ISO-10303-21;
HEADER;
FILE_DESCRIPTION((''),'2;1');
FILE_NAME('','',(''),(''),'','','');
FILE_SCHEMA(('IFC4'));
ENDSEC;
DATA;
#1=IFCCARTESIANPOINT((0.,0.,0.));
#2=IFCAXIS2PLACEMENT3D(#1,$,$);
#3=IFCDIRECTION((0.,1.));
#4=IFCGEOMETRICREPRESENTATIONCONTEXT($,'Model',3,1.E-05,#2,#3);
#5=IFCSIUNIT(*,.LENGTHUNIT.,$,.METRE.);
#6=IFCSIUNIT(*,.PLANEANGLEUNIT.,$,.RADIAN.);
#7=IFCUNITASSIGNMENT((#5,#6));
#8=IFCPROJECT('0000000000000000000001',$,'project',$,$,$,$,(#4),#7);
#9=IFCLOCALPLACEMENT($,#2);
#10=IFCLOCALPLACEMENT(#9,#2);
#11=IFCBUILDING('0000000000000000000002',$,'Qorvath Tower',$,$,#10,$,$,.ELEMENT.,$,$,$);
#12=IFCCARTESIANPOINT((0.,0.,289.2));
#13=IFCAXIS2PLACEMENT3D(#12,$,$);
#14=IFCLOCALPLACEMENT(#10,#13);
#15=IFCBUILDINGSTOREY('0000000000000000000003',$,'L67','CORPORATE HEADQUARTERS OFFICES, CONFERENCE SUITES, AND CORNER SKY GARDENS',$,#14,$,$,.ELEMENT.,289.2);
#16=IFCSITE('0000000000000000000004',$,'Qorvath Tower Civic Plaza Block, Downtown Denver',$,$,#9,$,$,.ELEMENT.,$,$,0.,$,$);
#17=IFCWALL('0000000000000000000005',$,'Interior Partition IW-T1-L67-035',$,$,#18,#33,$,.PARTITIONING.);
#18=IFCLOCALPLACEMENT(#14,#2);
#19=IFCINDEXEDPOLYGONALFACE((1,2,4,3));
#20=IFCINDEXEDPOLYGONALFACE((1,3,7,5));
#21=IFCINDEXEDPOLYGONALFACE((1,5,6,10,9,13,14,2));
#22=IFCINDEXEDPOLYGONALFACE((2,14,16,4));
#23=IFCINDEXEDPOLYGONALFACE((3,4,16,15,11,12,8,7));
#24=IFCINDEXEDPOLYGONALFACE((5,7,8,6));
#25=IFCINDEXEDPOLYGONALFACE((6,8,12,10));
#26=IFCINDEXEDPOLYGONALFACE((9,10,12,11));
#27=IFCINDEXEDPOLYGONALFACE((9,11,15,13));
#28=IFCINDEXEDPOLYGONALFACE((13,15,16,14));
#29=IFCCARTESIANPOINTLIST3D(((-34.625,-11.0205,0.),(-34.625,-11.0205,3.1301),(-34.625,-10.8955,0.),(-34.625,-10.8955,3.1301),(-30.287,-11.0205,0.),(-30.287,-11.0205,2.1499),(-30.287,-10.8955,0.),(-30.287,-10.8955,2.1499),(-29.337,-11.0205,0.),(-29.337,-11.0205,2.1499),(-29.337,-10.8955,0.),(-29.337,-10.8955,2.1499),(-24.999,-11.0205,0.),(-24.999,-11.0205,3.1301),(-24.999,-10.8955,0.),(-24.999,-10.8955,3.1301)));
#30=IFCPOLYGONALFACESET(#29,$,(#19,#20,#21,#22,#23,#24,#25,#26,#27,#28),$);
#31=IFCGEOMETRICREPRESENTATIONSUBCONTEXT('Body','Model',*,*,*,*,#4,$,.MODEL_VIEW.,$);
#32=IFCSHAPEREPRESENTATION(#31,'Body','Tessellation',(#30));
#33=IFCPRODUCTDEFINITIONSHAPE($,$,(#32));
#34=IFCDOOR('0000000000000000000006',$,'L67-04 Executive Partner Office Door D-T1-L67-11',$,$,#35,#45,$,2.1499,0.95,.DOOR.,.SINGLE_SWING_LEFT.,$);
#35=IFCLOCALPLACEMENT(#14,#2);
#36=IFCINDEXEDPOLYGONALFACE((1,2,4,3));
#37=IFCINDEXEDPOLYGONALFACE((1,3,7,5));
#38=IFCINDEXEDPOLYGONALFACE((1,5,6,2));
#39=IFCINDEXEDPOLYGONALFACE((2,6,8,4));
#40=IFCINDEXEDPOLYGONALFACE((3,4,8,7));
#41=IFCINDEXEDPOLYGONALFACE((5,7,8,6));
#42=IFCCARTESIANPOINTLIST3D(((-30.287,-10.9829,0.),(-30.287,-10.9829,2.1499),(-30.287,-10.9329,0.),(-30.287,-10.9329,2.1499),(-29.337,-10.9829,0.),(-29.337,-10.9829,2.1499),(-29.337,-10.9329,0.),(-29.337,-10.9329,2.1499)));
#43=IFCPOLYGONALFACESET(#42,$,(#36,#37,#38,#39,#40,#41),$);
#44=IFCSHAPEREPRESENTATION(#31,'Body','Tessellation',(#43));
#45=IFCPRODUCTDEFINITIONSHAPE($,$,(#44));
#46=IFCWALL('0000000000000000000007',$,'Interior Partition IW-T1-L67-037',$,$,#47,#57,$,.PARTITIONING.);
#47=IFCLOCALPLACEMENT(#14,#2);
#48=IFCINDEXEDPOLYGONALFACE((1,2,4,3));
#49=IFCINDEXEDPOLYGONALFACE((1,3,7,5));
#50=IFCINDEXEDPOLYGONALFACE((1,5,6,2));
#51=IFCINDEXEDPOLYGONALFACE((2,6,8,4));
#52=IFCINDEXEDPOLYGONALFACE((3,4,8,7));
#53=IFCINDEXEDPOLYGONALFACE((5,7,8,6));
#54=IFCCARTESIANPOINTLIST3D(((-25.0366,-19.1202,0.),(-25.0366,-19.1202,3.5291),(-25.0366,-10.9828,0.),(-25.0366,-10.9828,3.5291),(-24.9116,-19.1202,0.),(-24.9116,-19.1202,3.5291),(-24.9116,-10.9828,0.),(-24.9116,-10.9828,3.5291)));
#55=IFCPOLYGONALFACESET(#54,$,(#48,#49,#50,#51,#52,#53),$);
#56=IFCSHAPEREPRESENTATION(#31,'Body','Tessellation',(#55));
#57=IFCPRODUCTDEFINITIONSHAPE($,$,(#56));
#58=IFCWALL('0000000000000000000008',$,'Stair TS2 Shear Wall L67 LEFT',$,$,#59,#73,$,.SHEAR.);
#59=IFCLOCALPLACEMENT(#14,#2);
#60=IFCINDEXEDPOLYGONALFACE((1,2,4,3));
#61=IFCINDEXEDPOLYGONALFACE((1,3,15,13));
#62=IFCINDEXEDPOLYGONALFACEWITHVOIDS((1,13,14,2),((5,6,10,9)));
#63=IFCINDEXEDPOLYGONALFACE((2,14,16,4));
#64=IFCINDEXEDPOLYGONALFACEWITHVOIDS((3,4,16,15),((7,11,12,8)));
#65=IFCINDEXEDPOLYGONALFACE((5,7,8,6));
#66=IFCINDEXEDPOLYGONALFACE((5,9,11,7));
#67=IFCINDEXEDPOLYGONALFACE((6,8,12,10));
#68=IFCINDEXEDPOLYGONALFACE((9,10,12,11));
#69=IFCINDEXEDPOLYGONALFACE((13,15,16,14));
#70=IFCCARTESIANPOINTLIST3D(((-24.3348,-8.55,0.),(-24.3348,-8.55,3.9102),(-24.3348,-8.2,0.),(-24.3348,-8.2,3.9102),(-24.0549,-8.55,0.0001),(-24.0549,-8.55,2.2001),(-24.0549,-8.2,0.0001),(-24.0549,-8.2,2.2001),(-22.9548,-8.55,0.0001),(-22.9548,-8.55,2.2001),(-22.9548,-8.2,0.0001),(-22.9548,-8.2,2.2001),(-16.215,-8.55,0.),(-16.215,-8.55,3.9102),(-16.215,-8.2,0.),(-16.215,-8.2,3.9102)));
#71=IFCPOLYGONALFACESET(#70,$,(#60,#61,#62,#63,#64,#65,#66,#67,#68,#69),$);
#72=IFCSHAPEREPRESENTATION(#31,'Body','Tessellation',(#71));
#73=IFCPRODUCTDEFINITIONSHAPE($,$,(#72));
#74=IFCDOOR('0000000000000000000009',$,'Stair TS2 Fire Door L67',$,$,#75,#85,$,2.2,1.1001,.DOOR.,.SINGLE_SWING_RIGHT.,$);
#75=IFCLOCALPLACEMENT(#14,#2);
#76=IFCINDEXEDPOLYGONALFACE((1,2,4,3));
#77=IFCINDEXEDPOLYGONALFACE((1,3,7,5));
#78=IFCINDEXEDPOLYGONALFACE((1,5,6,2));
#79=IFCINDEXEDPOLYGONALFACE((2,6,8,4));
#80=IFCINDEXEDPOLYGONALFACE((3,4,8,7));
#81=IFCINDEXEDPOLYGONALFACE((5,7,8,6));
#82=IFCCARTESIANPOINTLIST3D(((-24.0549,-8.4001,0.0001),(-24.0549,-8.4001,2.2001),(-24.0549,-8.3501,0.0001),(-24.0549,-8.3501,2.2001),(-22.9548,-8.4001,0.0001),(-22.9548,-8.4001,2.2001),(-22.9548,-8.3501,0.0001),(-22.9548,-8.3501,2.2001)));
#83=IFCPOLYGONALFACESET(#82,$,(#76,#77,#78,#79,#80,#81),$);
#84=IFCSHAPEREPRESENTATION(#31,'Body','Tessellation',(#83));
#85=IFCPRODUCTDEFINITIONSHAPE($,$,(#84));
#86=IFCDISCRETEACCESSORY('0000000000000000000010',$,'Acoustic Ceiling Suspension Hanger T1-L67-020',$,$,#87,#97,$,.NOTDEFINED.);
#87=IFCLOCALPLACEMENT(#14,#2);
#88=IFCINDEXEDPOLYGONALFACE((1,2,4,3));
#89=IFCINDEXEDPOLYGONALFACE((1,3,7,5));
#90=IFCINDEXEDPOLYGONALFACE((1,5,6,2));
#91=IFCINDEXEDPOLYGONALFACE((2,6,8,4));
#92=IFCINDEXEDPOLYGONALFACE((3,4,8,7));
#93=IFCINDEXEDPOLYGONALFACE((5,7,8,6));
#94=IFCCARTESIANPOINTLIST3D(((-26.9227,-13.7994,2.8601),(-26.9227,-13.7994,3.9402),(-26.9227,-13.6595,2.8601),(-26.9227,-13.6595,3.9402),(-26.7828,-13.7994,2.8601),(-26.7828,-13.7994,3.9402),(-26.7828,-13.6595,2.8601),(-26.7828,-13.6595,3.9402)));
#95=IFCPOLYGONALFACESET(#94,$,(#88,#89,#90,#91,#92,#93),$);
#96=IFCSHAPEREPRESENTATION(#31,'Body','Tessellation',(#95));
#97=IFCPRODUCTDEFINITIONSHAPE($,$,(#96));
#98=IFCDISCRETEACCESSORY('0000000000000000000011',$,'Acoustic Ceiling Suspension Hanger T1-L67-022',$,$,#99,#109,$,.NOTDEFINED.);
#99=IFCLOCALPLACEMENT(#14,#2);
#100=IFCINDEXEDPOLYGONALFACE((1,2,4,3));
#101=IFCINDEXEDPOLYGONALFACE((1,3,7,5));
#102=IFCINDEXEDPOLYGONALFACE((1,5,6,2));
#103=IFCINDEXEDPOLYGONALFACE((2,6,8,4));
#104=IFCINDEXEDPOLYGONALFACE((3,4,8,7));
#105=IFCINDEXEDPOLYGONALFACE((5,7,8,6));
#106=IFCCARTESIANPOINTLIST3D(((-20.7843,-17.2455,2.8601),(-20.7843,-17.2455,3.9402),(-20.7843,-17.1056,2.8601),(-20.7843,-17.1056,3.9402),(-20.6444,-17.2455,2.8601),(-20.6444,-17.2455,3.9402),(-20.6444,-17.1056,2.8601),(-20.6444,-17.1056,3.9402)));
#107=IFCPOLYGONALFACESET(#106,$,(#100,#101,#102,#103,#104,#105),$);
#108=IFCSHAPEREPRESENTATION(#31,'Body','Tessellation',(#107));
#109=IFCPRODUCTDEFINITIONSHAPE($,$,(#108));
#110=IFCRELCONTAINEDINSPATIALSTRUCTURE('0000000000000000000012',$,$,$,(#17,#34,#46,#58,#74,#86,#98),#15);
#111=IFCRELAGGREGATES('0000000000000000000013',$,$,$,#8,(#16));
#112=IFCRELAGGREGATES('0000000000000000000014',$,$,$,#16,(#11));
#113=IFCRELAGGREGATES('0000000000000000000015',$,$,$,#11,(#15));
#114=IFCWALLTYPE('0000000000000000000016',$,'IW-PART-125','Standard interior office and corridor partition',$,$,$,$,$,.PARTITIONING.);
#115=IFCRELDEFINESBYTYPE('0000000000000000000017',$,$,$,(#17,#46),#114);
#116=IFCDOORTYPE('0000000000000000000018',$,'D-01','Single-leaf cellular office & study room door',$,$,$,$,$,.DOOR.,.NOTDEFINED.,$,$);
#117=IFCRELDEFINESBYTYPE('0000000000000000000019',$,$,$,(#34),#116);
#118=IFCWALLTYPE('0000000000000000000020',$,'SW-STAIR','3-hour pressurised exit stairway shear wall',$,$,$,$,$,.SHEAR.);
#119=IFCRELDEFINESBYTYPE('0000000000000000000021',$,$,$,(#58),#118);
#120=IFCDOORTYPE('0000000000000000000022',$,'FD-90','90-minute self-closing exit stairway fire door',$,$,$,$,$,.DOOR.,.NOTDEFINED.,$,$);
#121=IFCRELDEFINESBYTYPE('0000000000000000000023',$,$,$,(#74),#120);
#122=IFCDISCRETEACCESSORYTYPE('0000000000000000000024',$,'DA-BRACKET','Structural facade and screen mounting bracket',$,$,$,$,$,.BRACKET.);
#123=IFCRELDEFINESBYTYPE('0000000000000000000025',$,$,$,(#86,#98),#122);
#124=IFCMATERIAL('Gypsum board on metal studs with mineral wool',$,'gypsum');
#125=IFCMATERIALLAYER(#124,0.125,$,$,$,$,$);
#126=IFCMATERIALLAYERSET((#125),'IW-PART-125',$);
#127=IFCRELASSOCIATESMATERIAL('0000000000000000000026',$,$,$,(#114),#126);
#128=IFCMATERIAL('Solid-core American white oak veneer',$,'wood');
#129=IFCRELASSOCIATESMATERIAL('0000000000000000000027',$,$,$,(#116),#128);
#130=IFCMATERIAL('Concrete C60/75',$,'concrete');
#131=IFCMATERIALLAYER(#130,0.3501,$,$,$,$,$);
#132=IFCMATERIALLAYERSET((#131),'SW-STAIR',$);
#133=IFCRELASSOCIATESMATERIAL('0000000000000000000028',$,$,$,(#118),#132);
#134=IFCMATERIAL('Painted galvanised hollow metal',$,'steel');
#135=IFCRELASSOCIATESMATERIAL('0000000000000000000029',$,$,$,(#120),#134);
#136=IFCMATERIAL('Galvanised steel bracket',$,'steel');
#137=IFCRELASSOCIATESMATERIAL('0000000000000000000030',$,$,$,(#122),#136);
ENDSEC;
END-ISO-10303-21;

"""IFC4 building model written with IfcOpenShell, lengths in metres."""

from ifc_helpers import new_model, si_unit, direction, frame, frame_2d, origin, origin_2d, place, context, subcontext, project, spatial, rectangle, extrude, material, layer, layer_set, type_object, element, fill, save


model = new_model("IFC4")

# Units and contexts
model_context = context("Model", 3, precision=1e-05, world=origin(), true_north=direction((0.0, 1.0)))
body_context = subcontext(model_context, "Body", "Model", "MODEL_VIEW")
ifc_project = project(units=[si_unit("LENGTHUNIT", "METRE"), si_unit("PLANEANGLEUNIT", "RADIAN")], contexts=[model_context])

# Site, building, storey
site_placement = place(None, origin())
site = spatial("IfcSite", under=ifc_project, at=site_placement, Name="Qorvath Tower Civic Plaza Block, Downtown Denver", CompositionType="ELEMENT", RefElevation=0.0)
building_placement = place(site_placement, origin())
building = spatial("IfcBuilding", under=site, at=building_placement, Name="Qorvath Tower", CompositionType="ELEMENT")
storey_placement = place(building_placement, frame((0.0, 0.0, 289.2)))
storey = spatial("IfcBuildingStorey", under=building, at=storey_placement, Name="L67", Description="CORPORATE HEADQUARTERS OFFICES, CONFERENCE SUITES, AND CORNER SKY GARDENS", CompositionType="ELEMENT", Elevation=289.2)

# Wall, opening, door
ifc_material_1 = material(Name="Gypsum board on metal studs with mineral wool", Category="gypsum")
ifc_layer_1 = layer(ifc_material_1, 0.125)
ifc_layer_set_1 = layer_set([ifc_layer_1], Name="IW-PART-125")
wall_type_1 = type_object("IfcWallType", Name="IW-PART-125", Description="Standard interior office and corridor partition", PredefinedType="PARTITIONING", material=ifc_layer_set_1)
wall_1_placement = place(storey_placement, frame((-24.999, -10.958, 0.0), z_axis=(0.0, 0.0, 1.0), x_axis=(-1.0, 0.0, 0.0)))
wall_1 = element("IfcWall", 1, at=wall_1_placement, inside=storey, type_object=wall_type_1, Name="Interior Partition IW-T1-L67-035", PredefinedType="PARTITIONING", context=body_context, shape_type="SweptSolid", body=[
    extrude(rectangle(XDim=9.626, YDim=0.125, at=frame_2d((4.813, 0.0))), origin(), (0.0, 0.0, 1.0), 3.1301),
])
opening_1_placement = place(wall_1_placement, frame((4.3379, 0.0, 0.0)))
opening_1 = element("IfcOpeningElement", 2, at=opening_1_placement, cuts=wall_1, PredefinedType="OPENING", context=body_context, shape_type="SweptSolid", body=[
    extrude(rectangle(XDim=0.95, YDim=2.1499, at=frame_2d((0.4751, 1.075))), frame((0.0, 0.0725, 0.0), z_axis=(0.0, -1.0, 0.0), x_axis=(1.0, 0.0, 0.0)), (0.0, 0.0, 1.0), 0.145),
])
ifc_material_2 = material(Name="Solid-core American white oak veneer", Category="wood")
door_type_1 = type_object("IfcDoorType", Name="D-01", Description="Single-leaf cellular office & study room door", OperationType="NOTDEFINED", PredefinedType="DOOR", material=ifc_material_2)
door_1_placement = place(opening_1_placement, origin())
door_1 = element("IfcDoor", 3, at=door_1_placement, inside=storey, type_object=door_type_1, Name="L67-04 Executive Partner Office Door D-T1-L67-11", OperationType="SINGLE_SWING_LEFT", OverallHeight=2.1499, OverallWidth=0.95, PredefinedType="DOOR", context=body_context, shape_type="SweptSolid", body=[
    extrude(rectangle(XDim=0.95, YDim=2.1499, at=frame_2d((0.4751, 1.075))), frame((0.0, 0.0249, 0.0), z_axis=(0.0, -1.0, 0.0), x_axis=(1.0, 0.0, 0.0)), (0.0, 0.0, 1.0), 0.05),
])
fill(opening_1, door_1)

# Wall
wall_2_placement = place(storey_placement, frame((-24.9741, -19.1204, 0.0), z_axis=(0.0, 0.0, 1.0), x_axis=(0.0, 1.0, 0.0)))
element("IfcWall", 4, at=wall_2_placement, inside=storey, type_object=wall_type_1, Name="Interior Partition IW-T1-L67-037", PredefinedType="PARTITIONING", context=body_context, shape_type="SweptSolid", body=[
    extrude(rectangle(XDim=8.1375, YDim=0.125, at=frame_2d((4.0688, 0.0))), origin(), (0.0, 0.0, 1.0), 3.5291),
])

# Wall, opening, door
ifc_material_3 = material(Name="Concrete C60/75", Category="concrete")
ifc_layer_2 = layer(ifc_material_3, 0.3501)
ifc_layer_set_2 = layer_set([ifc_layer_2], Name="SW-STAIR")
wall_type_2 = type_object("IfcWallType", Name="SW-STAIR", Description="3-hour pressurised exit stairway shear wall", PredefinedType="SHEAR", material=ifc_layer_set_2)
wall_3_placement = place(storey_placement, frame((-24.335, -8.375, 0.0), z_axis=(0.0, 0.0, 1.0), x_axis=(1.0, 0.0, 0.0)))
wall_3 = element("IfcWall", 5, at=wall_3_placement, inside=storey, type_object=wall_type_2, Name="Stair TS2 Shear Wall L67 LEFT", PredefinedType="SHEAR", context=body_context, shape_type="SweptSolid", body=[
    extrude(rectangle(XDim=8.1199, YDim=0.3501, at=frame_2d((4.0601, 0.0))), origin(), (0.0, 0.0, 1.0), 3.9102),
])
opening_2_placement = place(wall_3_placement, frame((0.28, 0.0, 0.0)))
opening_2 = element("IfcOpeningElement", 6, at=opening_2_placement, cuts=wall_3, PredefinedType="OPENING", context=body_context, shape_type="SweptSolid", body=[
    extrude(rectangle(XDim=1.1001, YDim=2.2, at=frame_2d((0.55, 1.1001))), frame((0.0, 0.1851, 0.0), z_axis=(0.0, -1.0, 0.0), x_axis=(1.0, 0.0, 0.0)), (0.0, 0.0, 1.0), 0.3701),
])
ifc_material_4 = material(Name="Painted galvanised hollow metal", Category="steel")
door_type_2 = type_object("IfcDoorType", Name="FD-90", Description="90-minute self-closing exit stairway fire door", OperationType="NOTDEFINED", PredefinedType="DOOR", material=ifc_material_4)
door_2_placement = place(opening_2_placement, origin())
door_2 = element("IfcDoor", 7, at=door_2_placement, inside=storey, type_object=door_type_2, Name="Stair TS2 Fire Door L67", OperationType="SINGLE_SWING_RIGHT", OverallHeight=2.2, OverallWidth=1.1001, PredefinedType="DOOR", context=body_context, shape_type="SweptSolid", body=[
    extrude(rectangle(XDim=1.1001, YDim=2.2, at=frame_2d((0.55, 1.1001))), frame((0.0, 0.0249, 0.0), z_axis=(0.0, -1.0, 0.0), x_axis=(1.0, 0.0, 0.0)), (0.0, 0.0, 1.0), 0.05),
])
fill(opening_2, door_2)

# Discrete accessories
ifc_material_5 = material(Name="Galvanised steel bracket", Category="steel")
discrete_accessory_type = type_object("IfcDiscreteAccessoryType", Name="DA-BRACKET", Description="Structural facade and screen mounting bracket", PredefinedType="BRACKET", material=ifc_material_5)
for number, where, z_axis, x_axis, name in (
    (8, (-26.8528, -13.7295, 2.8601), (0.0, 0.0, 1.0), (1.0, 0.0, 0.0), "Acoustic Ceiling Suspension Hanger T1-L67-020"),
    (9, (-20.7144, -17.1755, 2.8601), (0.0, 0.0, 1.0), (1.0, 0.0, 0.0), "Acoustic Ceiling Suspension Hanger T1-L67-022"),
):
    element("IfcDiscreteAccessory", number, at=place(storey_placement, frame(where, z_axis=z_axis, x_axis=x_axis)), inside=storey, type_object=discrete_accessory_type, Name=name, PredefinedType="NOTDEFINED", context=body_context, shape_type="SweptSolid", body=[
        extrude(rectangle(XDim=0.1399, YDim=0.1399, at=origin_2d()), origin(), (0.0, 0.0, 1.0), 1.0801),
    ])

save(model, "model.ifc")
